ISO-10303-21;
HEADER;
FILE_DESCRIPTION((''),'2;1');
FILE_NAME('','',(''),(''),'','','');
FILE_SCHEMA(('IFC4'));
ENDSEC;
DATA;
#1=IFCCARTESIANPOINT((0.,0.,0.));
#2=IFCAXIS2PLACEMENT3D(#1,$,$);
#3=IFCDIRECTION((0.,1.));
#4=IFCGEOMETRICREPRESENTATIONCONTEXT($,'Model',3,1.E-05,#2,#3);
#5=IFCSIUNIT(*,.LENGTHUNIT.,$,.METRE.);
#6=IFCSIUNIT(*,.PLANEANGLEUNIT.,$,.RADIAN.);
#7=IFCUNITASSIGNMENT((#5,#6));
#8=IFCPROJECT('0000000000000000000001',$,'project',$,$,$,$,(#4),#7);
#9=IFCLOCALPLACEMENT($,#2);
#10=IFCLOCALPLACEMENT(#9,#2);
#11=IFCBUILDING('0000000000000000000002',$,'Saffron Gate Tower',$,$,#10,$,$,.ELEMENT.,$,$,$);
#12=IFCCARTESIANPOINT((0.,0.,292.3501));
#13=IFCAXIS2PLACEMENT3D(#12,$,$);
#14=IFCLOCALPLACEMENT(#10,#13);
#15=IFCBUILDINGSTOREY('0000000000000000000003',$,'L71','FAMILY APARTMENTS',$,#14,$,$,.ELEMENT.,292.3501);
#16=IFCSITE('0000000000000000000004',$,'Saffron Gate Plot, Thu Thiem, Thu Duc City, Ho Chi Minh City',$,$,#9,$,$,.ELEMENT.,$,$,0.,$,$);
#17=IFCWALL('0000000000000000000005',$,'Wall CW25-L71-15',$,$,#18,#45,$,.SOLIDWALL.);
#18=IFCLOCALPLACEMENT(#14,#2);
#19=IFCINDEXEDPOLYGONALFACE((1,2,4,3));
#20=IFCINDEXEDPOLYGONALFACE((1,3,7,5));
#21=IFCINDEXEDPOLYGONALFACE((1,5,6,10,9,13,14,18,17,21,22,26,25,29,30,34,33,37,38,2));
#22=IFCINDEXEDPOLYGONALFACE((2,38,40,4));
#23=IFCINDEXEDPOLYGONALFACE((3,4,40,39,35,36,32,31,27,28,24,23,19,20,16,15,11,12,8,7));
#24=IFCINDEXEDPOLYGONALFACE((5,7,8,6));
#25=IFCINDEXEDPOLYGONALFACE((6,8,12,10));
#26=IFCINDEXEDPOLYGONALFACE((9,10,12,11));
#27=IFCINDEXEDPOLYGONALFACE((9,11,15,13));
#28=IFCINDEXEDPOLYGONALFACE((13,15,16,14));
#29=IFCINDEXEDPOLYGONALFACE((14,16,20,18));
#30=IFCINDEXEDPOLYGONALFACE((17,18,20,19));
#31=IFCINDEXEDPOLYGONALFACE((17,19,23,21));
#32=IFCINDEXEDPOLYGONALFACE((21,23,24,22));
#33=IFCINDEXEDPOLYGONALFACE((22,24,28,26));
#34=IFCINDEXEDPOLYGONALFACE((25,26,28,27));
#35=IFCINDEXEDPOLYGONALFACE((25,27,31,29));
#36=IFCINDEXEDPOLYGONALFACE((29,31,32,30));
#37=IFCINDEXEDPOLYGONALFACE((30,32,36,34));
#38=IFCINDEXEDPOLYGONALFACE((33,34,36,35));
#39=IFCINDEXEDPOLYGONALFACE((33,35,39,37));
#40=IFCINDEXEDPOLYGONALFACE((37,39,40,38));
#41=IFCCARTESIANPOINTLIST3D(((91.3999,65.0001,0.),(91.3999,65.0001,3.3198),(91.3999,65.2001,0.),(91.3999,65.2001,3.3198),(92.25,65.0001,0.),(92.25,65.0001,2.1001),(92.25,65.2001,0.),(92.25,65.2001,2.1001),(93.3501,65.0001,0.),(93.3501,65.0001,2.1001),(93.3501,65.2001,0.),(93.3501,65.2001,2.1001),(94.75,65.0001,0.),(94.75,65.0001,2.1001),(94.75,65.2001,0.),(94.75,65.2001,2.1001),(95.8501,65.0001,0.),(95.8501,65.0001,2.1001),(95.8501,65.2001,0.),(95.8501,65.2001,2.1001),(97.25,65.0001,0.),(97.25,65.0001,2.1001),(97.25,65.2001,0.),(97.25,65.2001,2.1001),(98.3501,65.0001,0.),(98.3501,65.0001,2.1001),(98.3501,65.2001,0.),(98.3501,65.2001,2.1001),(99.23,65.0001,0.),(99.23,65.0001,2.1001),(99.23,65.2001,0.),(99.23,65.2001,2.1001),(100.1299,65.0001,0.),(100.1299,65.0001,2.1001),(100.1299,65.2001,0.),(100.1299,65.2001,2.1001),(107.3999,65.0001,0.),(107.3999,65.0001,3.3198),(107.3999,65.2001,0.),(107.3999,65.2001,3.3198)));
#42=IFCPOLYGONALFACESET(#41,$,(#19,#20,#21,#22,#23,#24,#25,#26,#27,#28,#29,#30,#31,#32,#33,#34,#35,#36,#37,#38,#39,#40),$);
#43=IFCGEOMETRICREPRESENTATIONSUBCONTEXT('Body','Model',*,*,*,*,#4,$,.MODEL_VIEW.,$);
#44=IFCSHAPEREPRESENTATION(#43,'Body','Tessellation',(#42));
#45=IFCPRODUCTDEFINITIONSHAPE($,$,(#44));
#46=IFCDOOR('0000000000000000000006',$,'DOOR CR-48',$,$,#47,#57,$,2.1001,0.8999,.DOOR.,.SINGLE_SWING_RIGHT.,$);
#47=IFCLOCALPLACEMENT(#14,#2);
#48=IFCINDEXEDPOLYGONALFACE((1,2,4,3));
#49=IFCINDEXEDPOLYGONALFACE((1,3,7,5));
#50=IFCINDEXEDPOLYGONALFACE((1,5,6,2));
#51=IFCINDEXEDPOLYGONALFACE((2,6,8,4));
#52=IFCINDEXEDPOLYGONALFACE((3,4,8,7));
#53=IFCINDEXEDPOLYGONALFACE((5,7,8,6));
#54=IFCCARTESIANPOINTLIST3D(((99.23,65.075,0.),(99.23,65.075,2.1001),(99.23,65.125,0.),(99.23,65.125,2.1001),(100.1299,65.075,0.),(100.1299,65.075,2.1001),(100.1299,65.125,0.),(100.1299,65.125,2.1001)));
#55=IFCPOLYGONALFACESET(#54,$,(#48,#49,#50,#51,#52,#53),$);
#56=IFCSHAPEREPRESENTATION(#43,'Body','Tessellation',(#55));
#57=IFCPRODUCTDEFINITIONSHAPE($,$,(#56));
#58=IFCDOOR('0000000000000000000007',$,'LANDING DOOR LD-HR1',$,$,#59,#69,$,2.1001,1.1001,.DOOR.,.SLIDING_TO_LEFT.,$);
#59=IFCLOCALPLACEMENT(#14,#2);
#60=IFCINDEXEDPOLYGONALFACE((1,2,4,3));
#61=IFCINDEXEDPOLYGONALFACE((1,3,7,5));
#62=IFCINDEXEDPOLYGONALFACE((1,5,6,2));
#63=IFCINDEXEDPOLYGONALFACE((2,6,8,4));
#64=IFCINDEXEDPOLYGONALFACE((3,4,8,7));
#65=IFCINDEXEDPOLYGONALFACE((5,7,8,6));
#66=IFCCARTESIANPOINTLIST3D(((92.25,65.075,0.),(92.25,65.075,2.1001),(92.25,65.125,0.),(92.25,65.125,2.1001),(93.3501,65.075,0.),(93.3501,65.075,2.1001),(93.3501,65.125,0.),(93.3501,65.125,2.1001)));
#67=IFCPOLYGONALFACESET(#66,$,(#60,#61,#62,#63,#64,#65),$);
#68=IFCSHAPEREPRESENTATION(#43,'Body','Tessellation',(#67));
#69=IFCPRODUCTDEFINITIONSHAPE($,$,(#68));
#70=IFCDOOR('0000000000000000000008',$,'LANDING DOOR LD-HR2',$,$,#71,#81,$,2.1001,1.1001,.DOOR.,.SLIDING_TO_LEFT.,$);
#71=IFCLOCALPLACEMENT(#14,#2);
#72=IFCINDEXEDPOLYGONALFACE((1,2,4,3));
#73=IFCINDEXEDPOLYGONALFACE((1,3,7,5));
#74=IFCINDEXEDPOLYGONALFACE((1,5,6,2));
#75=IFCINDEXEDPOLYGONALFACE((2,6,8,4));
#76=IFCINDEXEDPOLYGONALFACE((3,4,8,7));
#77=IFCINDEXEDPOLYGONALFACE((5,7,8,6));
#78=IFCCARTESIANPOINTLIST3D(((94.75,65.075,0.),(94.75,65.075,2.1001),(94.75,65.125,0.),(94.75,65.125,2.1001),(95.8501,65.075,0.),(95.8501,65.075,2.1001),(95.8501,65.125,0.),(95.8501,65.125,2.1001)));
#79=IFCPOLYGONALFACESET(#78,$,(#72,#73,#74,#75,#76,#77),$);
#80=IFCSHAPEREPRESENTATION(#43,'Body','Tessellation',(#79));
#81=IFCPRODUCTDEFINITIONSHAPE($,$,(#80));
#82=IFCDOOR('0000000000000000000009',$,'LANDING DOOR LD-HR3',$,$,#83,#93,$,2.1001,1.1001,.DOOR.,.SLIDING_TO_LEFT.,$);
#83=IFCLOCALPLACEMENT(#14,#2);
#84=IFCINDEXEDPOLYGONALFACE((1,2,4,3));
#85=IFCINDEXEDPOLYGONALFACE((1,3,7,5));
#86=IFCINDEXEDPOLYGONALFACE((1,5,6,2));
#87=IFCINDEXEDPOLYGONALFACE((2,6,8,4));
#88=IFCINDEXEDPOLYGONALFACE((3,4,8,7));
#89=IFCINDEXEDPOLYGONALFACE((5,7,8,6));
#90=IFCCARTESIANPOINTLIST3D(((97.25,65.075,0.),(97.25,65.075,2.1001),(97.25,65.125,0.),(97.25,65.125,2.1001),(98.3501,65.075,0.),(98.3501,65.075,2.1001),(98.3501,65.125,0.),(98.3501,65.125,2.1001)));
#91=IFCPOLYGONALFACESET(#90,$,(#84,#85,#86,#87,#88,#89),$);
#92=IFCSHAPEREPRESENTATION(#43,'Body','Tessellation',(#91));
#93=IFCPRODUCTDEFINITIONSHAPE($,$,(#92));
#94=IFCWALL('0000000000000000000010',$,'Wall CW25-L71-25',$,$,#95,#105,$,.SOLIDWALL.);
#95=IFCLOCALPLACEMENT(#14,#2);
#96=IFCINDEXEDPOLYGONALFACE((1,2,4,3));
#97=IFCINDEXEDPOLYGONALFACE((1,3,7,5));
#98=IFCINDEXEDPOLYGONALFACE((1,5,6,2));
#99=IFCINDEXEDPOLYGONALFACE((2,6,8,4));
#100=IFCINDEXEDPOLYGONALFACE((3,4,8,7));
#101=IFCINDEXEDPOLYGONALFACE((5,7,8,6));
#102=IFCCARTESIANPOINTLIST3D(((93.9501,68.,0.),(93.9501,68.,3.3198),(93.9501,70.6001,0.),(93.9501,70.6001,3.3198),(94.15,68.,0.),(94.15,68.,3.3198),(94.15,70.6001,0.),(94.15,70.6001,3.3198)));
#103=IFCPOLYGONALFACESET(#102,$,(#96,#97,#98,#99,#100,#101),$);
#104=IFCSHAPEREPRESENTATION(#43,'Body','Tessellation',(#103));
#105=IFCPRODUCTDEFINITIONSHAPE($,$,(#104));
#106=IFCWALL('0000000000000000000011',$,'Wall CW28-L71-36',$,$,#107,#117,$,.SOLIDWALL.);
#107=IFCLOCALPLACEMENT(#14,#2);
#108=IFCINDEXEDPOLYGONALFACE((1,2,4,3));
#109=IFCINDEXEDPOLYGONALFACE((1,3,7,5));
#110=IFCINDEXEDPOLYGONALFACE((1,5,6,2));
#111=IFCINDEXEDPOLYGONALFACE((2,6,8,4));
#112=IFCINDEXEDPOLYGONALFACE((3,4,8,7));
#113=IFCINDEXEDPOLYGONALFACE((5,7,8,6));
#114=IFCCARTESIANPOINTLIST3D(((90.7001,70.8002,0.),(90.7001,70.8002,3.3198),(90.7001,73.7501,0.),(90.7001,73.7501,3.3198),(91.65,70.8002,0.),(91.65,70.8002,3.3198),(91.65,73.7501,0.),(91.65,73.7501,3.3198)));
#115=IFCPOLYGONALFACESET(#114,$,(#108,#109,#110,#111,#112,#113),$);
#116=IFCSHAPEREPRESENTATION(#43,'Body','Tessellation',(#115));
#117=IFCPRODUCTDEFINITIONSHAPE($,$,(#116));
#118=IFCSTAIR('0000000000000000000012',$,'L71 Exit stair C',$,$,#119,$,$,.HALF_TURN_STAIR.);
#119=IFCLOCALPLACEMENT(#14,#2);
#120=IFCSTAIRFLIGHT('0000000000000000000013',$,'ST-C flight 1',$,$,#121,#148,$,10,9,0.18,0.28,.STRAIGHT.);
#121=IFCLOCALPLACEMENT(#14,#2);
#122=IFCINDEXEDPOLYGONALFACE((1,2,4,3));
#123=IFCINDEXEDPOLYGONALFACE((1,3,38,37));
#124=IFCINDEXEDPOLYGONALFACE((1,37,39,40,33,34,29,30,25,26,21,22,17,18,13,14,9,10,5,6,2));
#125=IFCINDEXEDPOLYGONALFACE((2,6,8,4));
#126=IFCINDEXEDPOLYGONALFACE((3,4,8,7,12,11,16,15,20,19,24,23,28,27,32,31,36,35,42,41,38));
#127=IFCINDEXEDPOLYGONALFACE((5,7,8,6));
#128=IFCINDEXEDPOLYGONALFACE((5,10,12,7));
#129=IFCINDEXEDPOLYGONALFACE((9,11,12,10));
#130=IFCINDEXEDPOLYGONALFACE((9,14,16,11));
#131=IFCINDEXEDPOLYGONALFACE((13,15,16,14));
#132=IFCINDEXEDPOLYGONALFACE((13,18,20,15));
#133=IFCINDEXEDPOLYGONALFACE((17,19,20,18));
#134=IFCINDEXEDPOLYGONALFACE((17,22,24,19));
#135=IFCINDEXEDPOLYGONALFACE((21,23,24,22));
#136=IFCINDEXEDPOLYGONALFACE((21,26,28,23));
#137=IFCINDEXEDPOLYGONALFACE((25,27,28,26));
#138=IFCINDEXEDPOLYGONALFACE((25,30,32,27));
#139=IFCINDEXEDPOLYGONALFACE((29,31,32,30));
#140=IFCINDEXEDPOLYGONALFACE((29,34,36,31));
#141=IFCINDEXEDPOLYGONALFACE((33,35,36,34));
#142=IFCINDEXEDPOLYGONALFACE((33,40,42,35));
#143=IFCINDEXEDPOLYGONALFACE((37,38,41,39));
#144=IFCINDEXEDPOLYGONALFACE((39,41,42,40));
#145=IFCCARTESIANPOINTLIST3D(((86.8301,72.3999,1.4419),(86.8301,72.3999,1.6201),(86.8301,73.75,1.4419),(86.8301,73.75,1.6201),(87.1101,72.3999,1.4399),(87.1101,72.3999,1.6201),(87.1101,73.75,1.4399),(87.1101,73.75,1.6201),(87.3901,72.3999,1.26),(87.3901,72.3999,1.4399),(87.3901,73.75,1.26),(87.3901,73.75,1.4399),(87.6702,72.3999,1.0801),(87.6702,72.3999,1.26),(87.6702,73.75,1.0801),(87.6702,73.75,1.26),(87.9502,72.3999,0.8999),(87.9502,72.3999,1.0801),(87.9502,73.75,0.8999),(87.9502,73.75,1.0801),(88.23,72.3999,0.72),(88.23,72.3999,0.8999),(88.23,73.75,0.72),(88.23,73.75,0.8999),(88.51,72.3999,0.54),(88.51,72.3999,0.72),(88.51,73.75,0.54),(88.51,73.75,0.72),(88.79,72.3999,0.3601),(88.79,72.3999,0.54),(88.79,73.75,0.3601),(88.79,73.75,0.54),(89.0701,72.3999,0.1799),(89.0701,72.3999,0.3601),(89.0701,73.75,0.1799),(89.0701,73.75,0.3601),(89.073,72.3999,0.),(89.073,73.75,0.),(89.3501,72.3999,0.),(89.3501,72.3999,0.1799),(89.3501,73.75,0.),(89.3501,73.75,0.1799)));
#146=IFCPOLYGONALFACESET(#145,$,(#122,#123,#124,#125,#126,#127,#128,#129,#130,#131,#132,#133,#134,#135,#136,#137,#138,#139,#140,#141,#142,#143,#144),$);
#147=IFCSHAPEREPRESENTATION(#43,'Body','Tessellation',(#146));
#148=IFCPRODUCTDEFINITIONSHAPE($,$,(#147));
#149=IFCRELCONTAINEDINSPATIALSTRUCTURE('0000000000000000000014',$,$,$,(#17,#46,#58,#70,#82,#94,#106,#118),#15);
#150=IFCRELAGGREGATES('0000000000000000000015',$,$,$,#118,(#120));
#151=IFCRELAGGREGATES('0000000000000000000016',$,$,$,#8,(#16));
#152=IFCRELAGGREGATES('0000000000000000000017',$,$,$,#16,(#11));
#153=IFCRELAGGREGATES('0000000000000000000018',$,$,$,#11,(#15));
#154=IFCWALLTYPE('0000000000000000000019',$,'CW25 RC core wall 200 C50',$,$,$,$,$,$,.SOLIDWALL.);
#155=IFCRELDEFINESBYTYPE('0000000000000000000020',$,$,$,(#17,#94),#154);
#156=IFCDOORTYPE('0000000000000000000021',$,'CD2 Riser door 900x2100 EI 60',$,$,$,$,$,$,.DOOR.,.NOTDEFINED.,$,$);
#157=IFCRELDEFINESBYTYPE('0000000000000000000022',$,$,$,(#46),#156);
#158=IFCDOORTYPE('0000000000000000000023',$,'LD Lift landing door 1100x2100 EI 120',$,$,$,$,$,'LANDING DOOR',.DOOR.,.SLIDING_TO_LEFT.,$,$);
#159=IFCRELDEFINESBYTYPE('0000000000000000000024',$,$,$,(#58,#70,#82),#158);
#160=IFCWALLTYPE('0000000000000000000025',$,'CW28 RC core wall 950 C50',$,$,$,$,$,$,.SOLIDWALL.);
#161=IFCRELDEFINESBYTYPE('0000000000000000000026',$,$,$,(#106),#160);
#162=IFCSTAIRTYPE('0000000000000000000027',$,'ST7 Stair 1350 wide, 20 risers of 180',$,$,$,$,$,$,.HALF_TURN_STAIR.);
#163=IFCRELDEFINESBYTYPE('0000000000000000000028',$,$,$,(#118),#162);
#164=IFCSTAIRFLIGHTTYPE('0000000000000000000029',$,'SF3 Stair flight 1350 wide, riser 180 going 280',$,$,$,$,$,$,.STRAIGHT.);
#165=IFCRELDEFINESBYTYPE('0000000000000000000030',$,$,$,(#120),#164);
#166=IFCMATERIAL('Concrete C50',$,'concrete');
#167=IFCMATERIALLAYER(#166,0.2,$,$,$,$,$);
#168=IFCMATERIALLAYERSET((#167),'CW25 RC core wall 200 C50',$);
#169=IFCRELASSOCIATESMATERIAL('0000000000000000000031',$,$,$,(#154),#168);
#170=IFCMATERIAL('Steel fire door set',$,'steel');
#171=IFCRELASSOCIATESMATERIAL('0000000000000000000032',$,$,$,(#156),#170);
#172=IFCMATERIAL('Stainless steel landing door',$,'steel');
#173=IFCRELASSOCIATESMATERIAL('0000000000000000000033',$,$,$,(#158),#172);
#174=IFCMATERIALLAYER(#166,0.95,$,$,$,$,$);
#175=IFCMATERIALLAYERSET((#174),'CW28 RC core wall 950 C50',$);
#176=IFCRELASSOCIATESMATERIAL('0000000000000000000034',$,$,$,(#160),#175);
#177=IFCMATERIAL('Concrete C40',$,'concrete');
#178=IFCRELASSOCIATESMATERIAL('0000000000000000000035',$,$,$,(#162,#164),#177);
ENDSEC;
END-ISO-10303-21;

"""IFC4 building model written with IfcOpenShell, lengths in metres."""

from ifc_helpers import new_model, si_unit, direction, frame, frame_2d, origin, place, context, subcontext, project, spatial, polyline, rectangle, outline, extrude, material, layer, layer_set, type_object, element, fill, aggregate, save


model = new_model("IFC4")

# Units and contexts
model_context = context("Model", 3, precision=1e-05, world=origin(), true_north=direction((0.0, 1.0)))
body_context = subcontext(model_context, "Body", "Model", "MODEL_VIEW")
ifc_project = project(units=[si_unit("LENGTHUNIT", "METRE"), si_unit("PLANEANGLEUNIT", "RADIAN")], contexts=[model_context])

# Site, building, storey
site_placement = place(None, origin())
site = spatial("IfcSite", under=ifc_project, at=site_placement, Name="Saffron Gate Plot, Thu Thiem, Thu Duc City, Ho Chi Minh City", CompositionType="ELEMENT", RefElevation=0.0)
building_placement = place(site_placement, origin())
building = spatial("IfcBuilding", under=site, at=building_placement, Name="Saffron Gate Tower", CompositionType="ELEMENT")
storey_placement = place(building_placement, frame((0.0, 0.0, 292.3501)))
storey = spatial("IfcBuildingStorey", under=building, at=storey_placement, Name="L71", Description="FAMILY APARTMENTS", CompositionType="ELEMENT", Elevation=292.3501)

# Shared definitions
ifc_material_1 = material(Name="Concrete C50", Category="concrete")

# Shared definitions
ifc_material_2 = material(Name="Steel fire door set", Category="steel")

# Shared definitions
ifc_layer_1 = layer(ifc_material_1, 0.2)
ifc_layer_set_1 = layer_set([ifc_layer_1], Name="CW25 RC core wall 200 C50")
wall_type_1 = type_object("IfcWallType", Name="CW25 RC core wall 200 C50", PredefinedType="SOLIDWALL", material=ifc_layer_set_1)

# Wall, openings, doors
wall_1_placement = place(storey_placement, frame((91.3999, 65.1001, 0.0), z_axis=(0.0, 0.0, 1.0), x_axis=(1.0, 0.0, 0.0)))
wall_1 = element("IfcWall", 1, at=wall_1_placement, inside=storey, type_object=wall_type_1, Name="Wall CW25-L71-15", PredefinedType="SOLIDWALL", context=body_context, shape_type="SweptSolid", body=[
    extrude(rectangle(XDim=16.0, YDim=0.2, at=frame_2d((8.0, 0.0))), origin(), (0.0, 0.0, 1.0), 3.3198),
])
opening_1_placement = place(wall_1_placement, frame((0.8501, 0.0, 0.0)))
opening_1 = element("IfcOpeningElement", 2, at=opening_1_placement, cuts=wall_1, PredefinedType="OPENING", context=body_context, shape_type="SweptSolid", body=[
    extrude(rectangle(XDim=1.1001, YDim=2.1001, at=frame_2d((0.55, 1.05))), frame((0.0, 0.1099, 0.0), z_axis=(0.0, -1.0, 0.0), x_axis=(1.0, 0.0, 0.0)), (0.0, 0.0, 1.0), 0.22),
])
opening_2_placement = place(wall_1_placement, frame((3.3501, 0.0, 0.0)))
opening_2 = element("IfcOpeningElement", 3, at=opening_2_placement, cuts=wall_1, PredefinedType="OPENING", context=body_context, shape_type="SweptSolid", body=[
    extrude(rectangle(XDim=1.1001, YDim=2.1001, at=frame_2d((0.55, 1.05))), frame((0.0, 0.1099, 0.0), z_axis=(0.0, -1.0, 0.0), x_axis=(1.0, 0.0, 0.0)), (0.0, 0.0, 1.0), 0.22),
])
opening_3_placement = place(wall_1_placement, frame((5.8501, 0.0, 0.0)))
opening_3 = element("IfcOpeningElement", 4, at=opening_3_placement, cuts=wall_1, PredefinedType="OPENING", context=body_context, shape_type="SweptSolid", body=[
    extrude(rectangle(XDim=1.1001, YDim=2.1001, at=frame_2d((0.55, 1.05))), frame((0.0, 0.1099, 0.0), z_axis=(0.0, -1.0, 0.0), x_axis=(1.0, 0.0, 0.0)), (0.0, 0.0, 1.0), 0.22),
])
opening_4_placement = place(wall_1_placement, frame((7.8301, 0.0, 0.0)))
opening_4 = element("IfcOpeningElement", 5, at=opening_4_placement, cuts=wall_1, PredefinedType="OPENING", context=body_context, shape_type="SweptSolid", body=[
    extrude(rectangle(XDim=0.8999, YDim=2.1001, at=frame_2d((0.45, 1.05))), frame((0.0, 0.1099, 0.0), z_axis=(0.0, -1.0, 0.0), x_axis=(1.0, 0.0, 0.0)), (0.0, 0.0, 1.0), 0.22),
])
door_type_1 = type_object("IfcDoorType", Name="CD2 Riser door 900x2100 EI 60", OperationType="NOTDEFINED", PredefinedType="DOOR", material=ifc_material_2)
door_1_placement = place(opening_4_placement, origin())
door_1 = element("IfcDoor", 6, at=door_1_placement, inside=storey, type_object=door_type_1, Name="DOOR CR-48", OperationType="SINGLE_SWING_RIGHT", OverallHeight=2.1001, OverallWidth=0.8999, PredefinedType="DOOR", context=body_context, shape_type="SweptSolid", body=[
    extrude(rectangle(XDim=0.8999, YDim=2.1001, at=frame_2d((0.45, 1.05))), frame((0.0, 0.0249, 0.0), z_axis=(0.0, -1.0, 0.0), x_axis=(1.0, 0.0, 0.0)), (0.0, 0.0, 1.0), 0.05),
])
fill(opening_4, door_1)
ifc_material_3 = material(Name="Stainless steel landing door", Category="steel")
door_type_2 = type_object("IfcDoorType", Name="LD Lift landing door 1100x2100 EI 120", ElementType="LANDING DOOR", OperationType="SLIDING_TO_LEFT", PredefinedType="DOOR", material=ifc_material_3)
door_2_placement = place(opening_1_placement, origin())
door_2 = element("IfcDoor", 7, at=door_2_placement, inside=storey, type_object=door_type_2, Name="LANDING DOOR LD-HR1", OperationType="SLIDING_TO_LEFT", OverallHeight=2.1001, OverallWidth=1.1001, PredefinedType="DOOR", context=body_context, shape_type="SweptSolid", body=[
    extrude(rectangle(XDim=1.1001, YDim=2.1001, at=frame_2d((0.55, 1.05))), frame((0.0, 0.0249, 0.0), z_axis=(0.0, -1.0, 0.0), x_axis=(1.0, 0.0, 0.0)), (0.0, 0.0, 1.0), 0.05),
])
fill(opening_1, door_2)
door_3_placement = place(opening_2_placement, origin())
door_3 = element("IfcDoor", 8, at=door_3_placement, inside=storey, type_object=door_type_2, Name="LANDING DOOR LD-HR2", OperationType="SLIDING_TO_LEFT", OverallHeight=2.1001, OverallWidth=1.1001, PredefinedType="DOOR", context=body_context, shape_type="SweptSolid", body=[
    extrude(rectangle(XDim=1.1001, YDim=2.1001, at=frame_2d((0.55, 1.05))), frame((0.0, 0.0249, 0.0), z_axis=(0.0, -1.0, 0.0), x_axis=(1.0, 0.0, 0.0)), (0.0, 0.0, 1.0), 0.05),
])
fill(opening_2, door_3)
door_4_placement = place(opening_3_placement, origin())
door_4 = element("IfcDoor", 9, at=door_4_placement, inside=storey, type_object=door_type_2, Name="LANDING DOOR LD-HR3", OperationType="SLIDING_TO_LEFT", OverallHeight=2.1001, OverallWidth=1.1001, PredefinedType="DOOR", context=body_context, shape_type="SweptSolid", body=[
    extrude(rectangle(XDim=1.1001, YDim=2.1001, at=frame_2d((0.55, 1.05))), frame((0.0, 0.0249, 0.0), z_axis=(0.0, -1.0, 0.0), x_axis=(1.0, 0.0, 0.0)), (0.0, 0.0, 1.0), 0.05),
])
fill(opening_3, door_4)

# Walls
wall_2_placement = place(storey_placement, frame((94.05, 68.0, 0.0), z_axis=(0.0, 0.0, 1.0), x_axis=(0.0, 1.0, 0.0)))
element("IfcWall", 10, at=wall_2_placement, inside=storey, type_object=wall_type_1, Name="Wall CW25-L71-25", PredefinedType="SOLIDWALL", context=body_context, shape_type="SweptSolid", body=[
    extrude(rectangle(XDim=2.6001, YDim=0.2, at=frame_2d((1.3, 0.0))), origin(), (0.0, 0.0, 1.0), 3.3198),
])
ifc_layer_2 = layer(ifc_material_1, 0.95)
ifc_layer_set_2 = layer_set([ifc_layer_2], Name="CW28 RC core wall 950 C50")
wall_type_2 = type_object("IfcWallType", Name="CW28 RC core wall 950 C50", PredefinedType="SOLIDWALL", material=ifc_layer_set_2)
wall_3_placement = place(storey_placement, frame((91.175, 70.8, 0.0), z_axis=(0.0, 0.0, 1.0), x_axis=(0.0, 1.0, 0.0)))
element("IfcWall", 11, at=wall_3_placement, inside=storey, type_object=wall_type_2, Name="Wall CW28-L71-36", PredefinedType="SOLIDWALL", context=body_context, shape_type="SweptSolid", body=[
    extrude(rectangle(XDim=2.95, YDim=0.95, at=frame_2d((1.4751, 0.0))), origin(), (0.0, 0.0, 1.0), 3.3198),
])

# Stair, stair flight
ifc_material_4 = material(Name="Concrete C40", Category="concrete")
stair_type = type_object("IfcStairType", Name="ST7 Stair 1350 wide, 20 risers of 180", PredefinedType="HALF_TURN_STAIR", material=ifc_material_4)
stair_placement = place(storey_placement, origin())
stair = element("IfcStair", 12, at=stair_placement, inside=storey, type_object=stair_type, Name="L71 Exit stair C", PredefinedType="HALF_TURN_STAIR")
stair_flight_type = type_object("IfcStairFlightType", Name="SF3 Stair flight 1350 wide, riser 180 going 280", PredefinedType="STRAIGHT", material=ifc_material_4)
stair_flight_1_placement = place(storey_placement, frame((89.3501, 73.075, 0.0), z_axis=(0.0, 0.0, 1.0), x_axis=(-1.0, 0.0, 0.0)))
stair_flight_1 = element("IfcStairFlight", 13, at=stair_flight_1_placement, type_object=stair_flight_type, Name="ST-C flight 1", NumberOfRisers=10, NumberOfTreads=9, PredefinedType="STRAIGHT", RiserHeight=0.18, TreadLength=0.28, context=body_context, shape_type="SweptSolid", body=[
    extrude(outline(polyline([(0.0, 0.0), (0.0, 0.1799), (0.28, 0.1799), (0.28, 0.3601), (0.5601, 0.3601), (0.5601, 0.54), (0.8401, 0.54), (0.8401, 0.72), (1.1201, 0.72), (1.1201, 0.8999), (1.3999, 0.8999), (1.3999, 1.0801), (1.6799, 1.0801), (1.6799, 1.26), (1.96, 1.26), (1.96, 1.4399), (2.24, 1.4399), (2.24, 1.6201), (2.52, 1.6201), (2.52, 1.8), (2.52, 1.4419), (0.2771, 0.0), (0.0, 0.0)])), frame((0.0, 0.675, 0.0), z_axis=(0.0, -1.0, 0.0), x_axis=(1.0, 0.0, 0.0)), (0.0, 0.0, 1.0), 1.3501),
])
aggregate(stair, [stair_flight_1])

save(model, "model.ifc")
